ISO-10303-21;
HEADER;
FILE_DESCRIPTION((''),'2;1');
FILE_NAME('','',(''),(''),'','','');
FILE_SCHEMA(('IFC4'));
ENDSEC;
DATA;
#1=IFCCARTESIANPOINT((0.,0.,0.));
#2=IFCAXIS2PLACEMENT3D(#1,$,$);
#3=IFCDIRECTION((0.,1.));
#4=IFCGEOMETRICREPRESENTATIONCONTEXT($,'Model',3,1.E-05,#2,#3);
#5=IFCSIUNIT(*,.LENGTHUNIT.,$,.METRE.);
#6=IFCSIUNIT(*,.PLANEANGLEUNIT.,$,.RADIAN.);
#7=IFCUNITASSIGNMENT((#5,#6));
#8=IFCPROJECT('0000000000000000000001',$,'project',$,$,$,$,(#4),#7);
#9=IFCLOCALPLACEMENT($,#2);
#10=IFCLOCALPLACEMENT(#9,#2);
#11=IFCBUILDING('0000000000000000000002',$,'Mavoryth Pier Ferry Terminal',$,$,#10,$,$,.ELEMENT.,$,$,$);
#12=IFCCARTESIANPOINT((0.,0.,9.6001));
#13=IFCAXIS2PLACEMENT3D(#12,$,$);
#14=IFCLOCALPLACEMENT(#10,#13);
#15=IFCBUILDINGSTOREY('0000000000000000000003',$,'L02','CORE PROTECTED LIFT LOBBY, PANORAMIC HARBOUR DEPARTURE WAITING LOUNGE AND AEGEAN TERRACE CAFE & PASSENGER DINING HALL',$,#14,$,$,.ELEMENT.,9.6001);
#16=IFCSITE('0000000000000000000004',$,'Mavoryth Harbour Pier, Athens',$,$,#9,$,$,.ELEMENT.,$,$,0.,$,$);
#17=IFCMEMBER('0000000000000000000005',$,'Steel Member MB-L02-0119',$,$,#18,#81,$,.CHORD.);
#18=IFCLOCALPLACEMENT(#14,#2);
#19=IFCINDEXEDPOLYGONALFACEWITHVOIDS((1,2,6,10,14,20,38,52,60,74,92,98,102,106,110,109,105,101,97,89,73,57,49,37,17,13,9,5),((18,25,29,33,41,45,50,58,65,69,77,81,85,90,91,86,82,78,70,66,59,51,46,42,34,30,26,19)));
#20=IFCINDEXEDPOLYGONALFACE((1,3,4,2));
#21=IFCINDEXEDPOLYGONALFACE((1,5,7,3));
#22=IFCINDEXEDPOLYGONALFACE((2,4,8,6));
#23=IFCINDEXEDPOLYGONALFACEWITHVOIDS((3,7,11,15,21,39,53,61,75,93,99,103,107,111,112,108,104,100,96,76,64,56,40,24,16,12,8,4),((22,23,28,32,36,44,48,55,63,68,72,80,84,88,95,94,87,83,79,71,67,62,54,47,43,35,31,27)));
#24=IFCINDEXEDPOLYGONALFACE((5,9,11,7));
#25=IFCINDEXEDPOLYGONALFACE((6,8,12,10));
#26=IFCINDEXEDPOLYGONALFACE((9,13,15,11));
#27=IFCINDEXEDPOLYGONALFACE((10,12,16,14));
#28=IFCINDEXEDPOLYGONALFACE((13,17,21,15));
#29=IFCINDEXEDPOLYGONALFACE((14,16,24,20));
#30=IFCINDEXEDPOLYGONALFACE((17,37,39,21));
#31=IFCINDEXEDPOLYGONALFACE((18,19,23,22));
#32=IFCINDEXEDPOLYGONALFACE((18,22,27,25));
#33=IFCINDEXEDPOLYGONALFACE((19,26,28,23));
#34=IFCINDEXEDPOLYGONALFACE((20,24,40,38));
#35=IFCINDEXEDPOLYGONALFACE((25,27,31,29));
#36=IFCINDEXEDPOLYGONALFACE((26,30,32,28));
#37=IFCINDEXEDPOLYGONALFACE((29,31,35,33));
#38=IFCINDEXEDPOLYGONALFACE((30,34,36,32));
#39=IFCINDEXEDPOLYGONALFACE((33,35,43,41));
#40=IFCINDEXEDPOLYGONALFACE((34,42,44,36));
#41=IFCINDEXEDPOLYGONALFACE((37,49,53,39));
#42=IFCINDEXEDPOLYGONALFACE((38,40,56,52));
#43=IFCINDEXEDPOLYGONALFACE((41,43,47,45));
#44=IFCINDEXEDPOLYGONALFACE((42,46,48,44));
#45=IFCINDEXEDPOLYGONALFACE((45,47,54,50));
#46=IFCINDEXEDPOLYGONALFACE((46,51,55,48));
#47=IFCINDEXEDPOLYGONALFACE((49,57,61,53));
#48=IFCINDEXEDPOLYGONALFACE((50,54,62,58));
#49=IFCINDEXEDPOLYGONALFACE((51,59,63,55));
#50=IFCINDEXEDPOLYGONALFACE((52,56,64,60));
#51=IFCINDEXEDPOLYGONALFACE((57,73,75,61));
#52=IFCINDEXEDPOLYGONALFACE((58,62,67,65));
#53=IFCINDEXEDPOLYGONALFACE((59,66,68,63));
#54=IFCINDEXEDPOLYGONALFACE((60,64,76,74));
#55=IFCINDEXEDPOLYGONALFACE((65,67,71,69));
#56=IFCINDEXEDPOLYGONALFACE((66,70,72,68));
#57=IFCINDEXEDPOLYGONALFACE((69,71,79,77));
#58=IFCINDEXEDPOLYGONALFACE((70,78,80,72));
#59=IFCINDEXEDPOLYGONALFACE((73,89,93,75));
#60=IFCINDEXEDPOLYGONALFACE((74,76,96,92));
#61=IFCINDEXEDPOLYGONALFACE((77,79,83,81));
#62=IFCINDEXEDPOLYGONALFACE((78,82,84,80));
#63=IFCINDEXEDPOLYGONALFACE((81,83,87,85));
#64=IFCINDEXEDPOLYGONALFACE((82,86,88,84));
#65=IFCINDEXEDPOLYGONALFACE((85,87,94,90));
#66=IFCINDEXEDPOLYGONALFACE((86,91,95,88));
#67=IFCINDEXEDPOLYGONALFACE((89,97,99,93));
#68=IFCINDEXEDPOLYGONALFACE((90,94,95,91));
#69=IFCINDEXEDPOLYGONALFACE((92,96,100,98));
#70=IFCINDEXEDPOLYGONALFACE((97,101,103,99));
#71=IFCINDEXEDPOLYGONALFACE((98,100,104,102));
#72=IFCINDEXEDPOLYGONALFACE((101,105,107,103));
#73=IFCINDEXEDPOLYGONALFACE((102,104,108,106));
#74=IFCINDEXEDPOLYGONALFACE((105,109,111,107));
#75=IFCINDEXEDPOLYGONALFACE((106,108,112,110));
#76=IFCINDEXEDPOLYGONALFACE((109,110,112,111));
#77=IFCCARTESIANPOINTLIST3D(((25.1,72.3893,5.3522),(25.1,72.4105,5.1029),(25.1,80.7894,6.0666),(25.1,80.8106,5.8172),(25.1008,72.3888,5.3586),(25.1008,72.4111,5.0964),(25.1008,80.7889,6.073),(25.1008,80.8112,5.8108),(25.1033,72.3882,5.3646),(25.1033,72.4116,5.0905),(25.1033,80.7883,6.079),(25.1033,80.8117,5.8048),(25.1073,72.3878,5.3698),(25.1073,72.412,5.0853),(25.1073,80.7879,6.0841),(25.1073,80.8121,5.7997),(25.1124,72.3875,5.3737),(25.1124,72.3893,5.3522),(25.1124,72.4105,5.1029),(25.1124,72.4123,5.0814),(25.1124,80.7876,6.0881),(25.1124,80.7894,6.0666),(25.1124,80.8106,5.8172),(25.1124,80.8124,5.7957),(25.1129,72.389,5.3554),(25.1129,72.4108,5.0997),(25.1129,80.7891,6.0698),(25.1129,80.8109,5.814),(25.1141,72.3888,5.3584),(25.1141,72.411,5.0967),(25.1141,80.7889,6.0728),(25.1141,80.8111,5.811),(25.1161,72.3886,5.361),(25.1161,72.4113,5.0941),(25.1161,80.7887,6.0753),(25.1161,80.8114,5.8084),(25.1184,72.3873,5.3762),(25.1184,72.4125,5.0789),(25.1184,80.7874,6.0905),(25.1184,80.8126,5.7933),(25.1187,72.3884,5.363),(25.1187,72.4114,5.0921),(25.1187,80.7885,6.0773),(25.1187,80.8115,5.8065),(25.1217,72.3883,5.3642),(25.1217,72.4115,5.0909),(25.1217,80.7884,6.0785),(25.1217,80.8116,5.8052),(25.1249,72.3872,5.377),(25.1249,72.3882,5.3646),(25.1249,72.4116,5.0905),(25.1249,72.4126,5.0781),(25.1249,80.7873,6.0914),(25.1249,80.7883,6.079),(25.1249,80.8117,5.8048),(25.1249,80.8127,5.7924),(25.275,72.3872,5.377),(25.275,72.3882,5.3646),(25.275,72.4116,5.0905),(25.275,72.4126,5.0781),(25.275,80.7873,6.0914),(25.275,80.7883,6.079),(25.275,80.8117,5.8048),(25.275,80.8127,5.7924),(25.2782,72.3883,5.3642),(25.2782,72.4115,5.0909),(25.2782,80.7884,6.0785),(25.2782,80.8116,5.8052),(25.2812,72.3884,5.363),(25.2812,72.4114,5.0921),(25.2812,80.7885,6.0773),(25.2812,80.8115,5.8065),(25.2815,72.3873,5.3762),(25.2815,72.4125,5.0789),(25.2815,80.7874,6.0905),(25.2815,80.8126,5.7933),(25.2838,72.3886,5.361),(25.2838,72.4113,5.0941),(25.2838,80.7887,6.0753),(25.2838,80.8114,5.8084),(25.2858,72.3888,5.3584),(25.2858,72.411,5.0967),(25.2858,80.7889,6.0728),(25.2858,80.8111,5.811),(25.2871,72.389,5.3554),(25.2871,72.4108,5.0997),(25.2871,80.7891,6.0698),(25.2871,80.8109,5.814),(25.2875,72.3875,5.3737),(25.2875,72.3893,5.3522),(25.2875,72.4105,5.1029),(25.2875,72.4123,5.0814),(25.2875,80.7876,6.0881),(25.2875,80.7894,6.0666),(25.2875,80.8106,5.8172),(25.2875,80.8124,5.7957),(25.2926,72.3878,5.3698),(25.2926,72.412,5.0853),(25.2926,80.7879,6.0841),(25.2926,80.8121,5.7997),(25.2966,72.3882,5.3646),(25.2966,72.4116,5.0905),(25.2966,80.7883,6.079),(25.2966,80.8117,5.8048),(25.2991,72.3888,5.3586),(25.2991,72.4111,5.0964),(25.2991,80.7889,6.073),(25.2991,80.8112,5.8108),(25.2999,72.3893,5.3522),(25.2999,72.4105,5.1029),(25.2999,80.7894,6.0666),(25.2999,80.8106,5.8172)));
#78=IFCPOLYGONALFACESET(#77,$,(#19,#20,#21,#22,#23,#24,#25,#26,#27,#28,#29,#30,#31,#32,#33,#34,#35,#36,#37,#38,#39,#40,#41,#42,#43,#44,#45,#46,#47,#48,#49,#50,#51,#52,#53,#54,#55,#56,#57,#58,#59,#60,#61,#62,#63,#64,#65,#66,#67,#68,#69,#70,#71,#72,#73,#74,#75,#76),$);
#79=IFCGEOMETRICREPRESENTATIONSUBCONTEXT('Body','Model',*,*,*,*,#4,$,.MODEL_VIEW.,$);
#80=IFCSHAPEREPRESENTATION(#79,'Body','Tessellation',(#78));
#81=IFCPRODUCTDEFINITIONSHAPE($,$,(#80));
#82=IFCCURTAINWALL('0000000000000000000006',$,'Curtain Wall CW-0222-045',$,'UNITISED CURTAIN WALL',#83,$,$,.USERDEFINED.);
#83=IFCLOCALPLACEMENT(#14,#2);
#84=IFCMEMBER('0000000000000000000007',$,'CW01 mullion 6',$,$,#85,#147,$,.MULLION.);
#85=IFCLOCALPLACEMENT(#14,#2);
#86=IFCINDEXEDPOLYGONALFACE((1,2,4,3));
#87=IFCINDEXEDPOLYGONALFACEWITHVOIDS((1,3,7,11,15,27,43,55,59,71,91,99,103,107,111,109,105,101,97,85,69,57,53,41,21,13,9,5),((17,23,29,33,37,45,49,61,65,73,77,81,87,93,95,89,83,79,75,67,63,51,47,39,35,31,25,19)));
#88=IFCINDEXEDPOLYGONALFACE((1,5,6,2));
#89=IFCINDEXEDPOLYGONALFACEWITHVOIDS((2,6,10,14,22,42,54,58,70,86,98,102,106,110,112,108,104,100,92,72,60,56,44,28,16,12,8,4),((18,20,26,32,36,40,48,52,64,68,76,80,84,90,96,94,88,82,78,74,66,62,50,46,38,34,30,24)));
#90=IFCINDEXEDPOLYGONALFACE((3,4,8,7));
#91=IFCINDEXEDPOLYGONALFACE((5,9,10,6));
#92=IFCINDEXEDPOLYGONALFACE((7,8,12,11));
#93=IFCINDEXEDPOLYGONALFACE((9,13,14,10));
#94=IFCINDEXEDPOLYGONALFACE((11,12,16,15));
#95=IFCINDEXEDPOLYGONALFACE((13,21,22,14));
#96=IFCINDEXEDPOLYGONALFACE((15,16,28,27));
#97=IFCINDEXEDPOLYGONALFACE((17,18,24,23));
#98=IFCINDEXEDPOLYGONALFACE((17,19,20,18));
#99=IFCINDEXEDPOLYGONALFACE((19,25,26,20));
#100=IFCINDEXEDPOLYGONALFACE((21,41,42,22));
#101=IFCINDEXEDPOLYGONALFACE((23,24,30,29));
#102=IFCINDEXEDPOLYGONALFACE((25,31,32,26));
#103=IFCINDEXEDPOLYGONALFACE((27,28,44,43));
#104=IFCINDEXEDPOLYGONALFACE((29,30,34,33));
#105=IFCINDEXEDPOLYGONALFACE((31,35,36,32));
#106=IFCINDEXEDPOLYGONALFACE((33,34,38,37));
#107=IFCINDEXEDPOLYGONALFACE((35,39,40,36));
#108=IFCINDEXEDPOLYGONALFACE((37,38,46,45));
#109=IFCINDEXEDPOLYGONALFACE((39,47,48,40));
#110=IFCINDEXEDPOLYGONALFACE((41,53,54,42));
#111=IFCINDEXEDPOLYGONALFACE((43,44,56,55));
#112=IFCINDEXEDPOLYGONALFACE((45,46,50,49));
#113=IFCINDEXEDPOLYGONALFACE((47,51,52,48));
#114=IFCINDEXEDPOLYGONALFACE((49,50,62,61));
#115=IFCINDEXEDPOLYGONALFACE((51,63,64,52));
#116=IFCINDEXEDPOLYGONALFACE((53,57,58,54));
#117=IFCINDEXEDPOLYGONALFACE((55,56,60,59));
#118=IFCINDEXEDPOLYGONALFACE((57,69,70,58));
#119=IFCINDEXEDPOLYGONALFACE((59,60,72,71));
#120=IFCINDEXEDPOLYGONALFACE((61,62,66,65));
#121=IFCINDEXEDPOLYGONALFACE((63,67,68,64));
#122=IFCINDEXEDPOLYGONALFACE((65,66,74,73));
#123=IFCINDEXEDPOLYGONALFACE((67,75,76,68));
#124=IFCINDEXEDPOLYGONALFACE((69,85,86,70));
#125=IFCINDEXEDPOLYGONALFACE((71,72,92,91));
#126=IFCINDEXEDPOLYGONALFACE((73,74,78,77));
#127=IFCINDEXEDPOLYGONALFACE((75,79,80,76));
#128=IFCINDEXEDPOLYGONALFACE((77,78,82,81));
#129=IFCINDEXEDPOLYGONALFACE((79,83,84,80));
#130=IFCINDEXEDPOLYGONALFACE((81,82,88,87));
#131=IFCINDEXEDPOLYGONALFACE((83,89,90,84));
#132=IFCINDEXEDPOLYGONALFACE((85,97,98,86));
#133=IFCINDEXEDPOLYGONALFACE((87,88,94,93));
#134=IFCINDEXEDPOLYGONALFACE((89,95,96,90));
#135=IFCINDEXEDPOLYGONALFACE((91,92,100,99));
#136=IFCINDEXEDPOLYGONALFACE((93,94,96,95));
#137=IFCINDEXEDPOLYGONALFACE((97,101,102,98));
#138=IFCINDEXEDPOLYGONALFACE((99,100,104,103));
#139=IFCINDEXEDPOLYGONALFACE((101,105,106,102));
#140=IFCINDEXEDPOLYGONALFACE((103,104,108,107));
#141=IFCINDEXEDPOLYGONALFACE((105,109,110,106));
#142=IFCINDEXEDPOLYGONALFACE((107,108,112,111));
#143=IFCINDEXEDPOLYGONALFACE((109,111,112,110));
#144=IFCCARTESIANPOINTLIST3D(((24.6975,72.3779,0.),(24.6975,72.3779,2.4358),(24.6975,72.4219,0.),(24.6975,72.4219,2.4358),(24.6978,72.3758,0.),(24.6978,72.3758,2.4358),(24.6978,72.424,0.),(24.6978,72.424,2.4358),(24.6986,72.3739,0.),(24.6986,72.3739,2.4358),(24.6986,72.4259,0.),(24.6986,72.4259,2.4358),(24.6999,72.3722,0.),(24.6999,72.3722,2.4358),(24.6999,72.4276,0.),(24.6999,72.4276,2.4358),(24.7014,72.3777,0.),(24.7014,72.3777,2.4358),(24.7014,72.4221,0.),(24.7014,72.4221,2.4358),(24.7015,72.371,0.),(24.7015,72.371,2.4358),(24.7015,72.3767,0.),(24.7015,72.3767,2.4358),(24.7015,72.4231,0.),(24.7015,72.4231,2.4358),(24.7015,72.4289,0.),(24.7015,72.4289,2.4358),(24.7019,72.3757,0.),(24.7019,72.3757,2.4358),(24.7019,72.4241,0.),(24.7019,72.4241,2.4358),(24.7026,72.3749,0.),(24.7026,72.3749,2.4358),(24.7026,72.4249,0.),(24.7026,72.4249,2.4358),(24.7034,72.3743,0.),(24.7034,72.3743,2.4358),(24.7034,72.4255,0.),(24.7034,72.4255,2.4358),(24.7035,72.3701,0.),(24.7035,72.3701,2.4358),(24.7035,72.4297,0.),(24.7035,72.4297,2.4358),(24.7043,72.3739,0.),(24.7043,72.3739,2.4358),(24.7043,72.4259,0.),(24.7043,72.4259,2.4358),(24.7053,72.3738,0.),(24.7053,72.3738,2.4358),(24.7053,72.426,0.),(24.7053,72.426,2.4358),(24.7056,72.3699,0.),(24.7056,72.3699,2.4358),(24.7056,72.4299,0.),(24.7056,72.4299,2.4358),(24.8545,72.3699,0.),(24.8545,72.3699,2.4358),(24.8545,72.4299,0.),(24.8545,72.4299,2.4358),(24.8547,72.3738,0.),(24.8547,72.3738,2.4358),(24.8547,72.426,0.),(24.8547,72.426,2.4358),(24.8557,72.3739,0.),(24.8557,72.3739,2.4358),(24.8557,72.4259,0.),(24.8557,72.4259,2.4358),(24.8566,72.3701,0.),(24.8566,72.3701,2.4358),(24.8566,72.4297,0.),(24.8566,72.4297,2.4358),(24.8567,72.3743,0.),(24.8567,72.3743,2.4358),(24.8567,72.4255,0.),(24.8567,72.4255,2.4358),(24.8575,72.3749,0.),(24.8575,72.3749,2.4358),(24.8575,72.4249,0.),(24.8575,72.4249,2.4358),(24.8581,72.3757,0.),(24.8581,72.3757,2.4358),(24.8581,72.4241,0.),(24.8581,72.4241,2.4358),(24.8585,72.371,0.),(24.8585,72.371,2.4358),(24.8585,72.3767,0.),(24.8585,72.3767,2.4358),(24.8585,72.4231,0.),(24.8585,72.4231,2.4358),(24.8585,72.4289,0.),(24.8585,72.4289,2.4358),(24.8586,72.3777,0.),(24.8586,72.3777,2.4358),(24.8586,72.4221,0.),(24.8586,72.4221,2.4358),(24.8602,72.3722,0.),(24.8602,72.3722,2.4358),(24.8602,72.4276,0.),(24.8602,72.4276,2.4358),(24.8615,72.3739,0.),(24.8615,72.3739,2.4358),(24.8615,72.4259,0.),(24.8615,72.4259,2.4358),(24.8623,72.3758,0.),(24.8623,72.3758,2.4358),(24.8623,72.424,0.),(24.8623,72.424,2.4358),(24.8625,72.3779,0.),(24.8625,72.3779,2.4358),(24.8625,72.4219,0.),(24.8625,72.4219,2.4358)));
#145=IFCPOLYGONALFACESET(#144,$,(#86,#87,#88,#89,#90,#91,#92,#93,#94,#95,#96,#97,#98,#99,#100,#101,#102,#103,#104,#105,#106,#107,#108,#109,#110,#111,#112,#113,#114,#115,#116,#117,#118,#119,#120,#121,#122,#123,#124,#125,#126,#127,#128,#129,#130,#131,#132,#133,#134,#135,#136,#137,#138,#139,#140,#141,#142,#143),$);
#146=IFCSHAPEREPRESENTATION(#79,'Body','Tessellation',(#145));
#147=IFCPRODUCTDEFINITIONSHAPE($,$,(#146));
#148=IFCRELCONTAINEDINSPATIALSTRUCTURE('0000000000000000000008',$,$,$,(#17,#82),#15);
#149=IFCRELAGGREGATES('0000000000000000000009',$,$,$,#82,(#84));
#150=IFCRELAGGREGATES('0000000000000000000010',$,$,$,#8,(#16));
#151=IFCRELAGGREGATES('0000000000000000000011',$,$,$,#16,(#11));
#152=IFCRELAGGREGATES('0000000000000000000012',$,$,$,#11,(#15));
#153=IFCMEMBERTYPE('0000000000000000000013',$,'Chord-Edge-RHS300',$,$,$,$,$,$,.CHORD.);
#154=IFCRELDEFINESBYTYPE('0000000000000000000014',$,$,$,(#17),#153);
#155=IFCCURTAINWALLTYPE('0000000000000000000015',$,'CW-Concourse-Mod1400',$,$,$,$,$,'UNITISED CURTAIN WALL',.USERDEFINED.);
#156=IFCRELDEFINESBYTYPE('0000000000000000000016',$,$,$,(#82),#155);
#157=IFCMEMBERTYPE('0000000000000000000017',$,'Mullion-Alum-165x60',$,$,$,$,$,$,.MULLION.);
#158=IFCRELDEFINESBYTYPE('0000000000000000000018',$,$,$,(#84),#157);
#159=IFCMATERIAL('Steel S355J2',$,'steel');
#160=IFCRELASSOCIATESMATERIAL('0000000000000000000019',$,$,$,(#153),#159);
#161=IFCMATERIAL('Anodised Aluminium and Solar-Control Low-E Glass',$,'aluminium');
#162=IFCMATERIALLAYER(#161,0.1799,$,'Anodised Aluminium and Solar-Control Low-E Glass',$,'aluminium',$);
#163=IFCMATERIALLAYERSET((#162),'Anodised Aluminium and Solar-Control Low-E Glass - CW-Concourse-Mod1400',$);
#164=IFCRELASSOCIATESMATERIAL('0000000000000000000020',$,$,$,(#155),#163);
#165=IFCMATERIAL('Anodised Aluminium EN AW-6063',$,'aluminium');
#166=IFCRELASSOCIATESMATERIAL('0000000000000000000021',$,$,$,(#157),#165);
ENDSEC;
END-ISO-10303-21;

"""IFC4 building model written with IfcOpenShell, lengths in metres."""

from ifc_helpers import new_model, si_unit, direction, frame, origin, origin_2d, place, context, subcontext, project, spatial, hollow_rectangle, extrude, material, layer, layer_set, material_profile, profile_set, type_object, element, aggregate, save


model = new_model("IFC4")

# Units and contexts
model_context = context("Model", 3, precision=1e-05, world=origin(), true_north=direction((0.0, 1.0)))
body_context = subcontext(model_context, "Body", "Model", "MODEL_VIEW")
ifc_project = project(units=[si_unit("LENGTHUNIT", "METRE"), si_unit("PLANEANGLEUNIT", "RADIAN")], contexts=[model_context])

# Site, building, storey
site_placement = place(None, origin())
site = spatial("IfcSite", under=ifc_project, at=site_placement, Name="Mavoryth Harbour Pier, Athens", CompositionType="ELEMENT", RefElevation=0.0)
building_placement = place(site_placement, origin())
building = spatial("IfcBuilding", under=site, at=building_placement, Name="Mavoryth Pier Ferry Terminal", CompositionType="ELEMENT")
storey_placement = place(building_placement, frame((0.0, 0.0, 9.6001)))
storey = spatial("IfcBuildingStorey", under=building, at=storey_placement, Name="L02", Description="CORE PROTECTED LIFT LOBBY, PANORAMIC HARBOUR DEPARTURE WAITING LOUNGE AND AEGEAN TERRACE CAFE & PASSENGER DINING HALL", CompositionType="ELEMENT", Elevation=9.6001)

# Shared definitions
ifc_material_1 = material(Name="Steel S355J2", Category="steel")

# Member
ifc_material_profile_1 = material_profile(ifc_material_1, hollow_rectangle(XDim=0.2, YDim=0.3, WallThickness=0.0125, InnerFilletRadius=0.0125, OuterFilletRadius=0.0249, at=origin_2d()), Name="RHS 300x200x12.5", Category="steel")
ifc_profile_set_1 = profile_set([ifc_material_profile_1], Name="Steel S355J2 - RHS 300x200x12.5")
member_type_1 = type_object("IfcMemberType", Name="Chord-Edge-RHS300", PredefinedType="CHORD", material=ifc_profile_set_1)
member_1_placement = place(storey_placement, frame((25.2, 72.3999, 5.2275), z_axis=(0.0, 0.996404, 0.084735), x_axis=(-1.0, 0.0, 0.0)))
element("IfcMember", 1, at=member_1_placement, inside=storey, type_object=member_type_1, Name="Steel Member MB-L02-0119", PredefinedType="CHORD", context=body_context, shape_type="SweptSolid", body=[
    extrude(hollow_rectangle(XDim=0.2, YDim=0.3, WallThickness=0.0125, InnerFilletRadius=0.0125, OuterFilletRadius=0.0249, at=origin_2d()), origin(), (0.0, 0.0, 1.0), 8.4304),
])

# Curtain wall, member
ifc_material_2 = material(Name="Anodised Aluminium and Solar-Control Low-E Glass", Category="aluminium")
ifc_layer_1 = layer(ifc_material_2, 0.1799, Name="Anodised Aluminium and Solar-Control Low-E Glass", Category="aluminium")
ifc_layer_set_1 = layer_set([ifc_layer_1], Name="Anodised Aluminium and Solar-Control Low-E Glass - CW-Concourse-Mod1400")
curtain_wall_type = type_object("IfcCurtainWallType", Name="CW-Concourse-Mod1400", ElementType="UNITISED CURTAIN WALL", PredefinedType="USERDEFINED", material=ifc_layer_set_1)
curtain_wall_1_placement = place(storey_placement, origin())
curtain_wall_1 = element("IfcCurtainWall", 2, at=curtain_wall_1_placement, inside=storey, type_object=curtain_wall_type, Name="Curtain Wall CW-0222-045", ObjectType="UNITISED CURTAIN WALL", PredefinedType="USERDEFINED")
ifc_material_3 = material(Name="Anodised Aluminium EN AW-6063", Category="aluminium")
ifc_material_profile_2 = material_profile(ifc_material_3, hollow_rectangle(XDim=0.0601, YDim=0.165, WallThickness=0.0039, InnerFilletRadius=0.0039, OuterFilletRadius=0.0081, at=origin_2d()), Name="AL-MULL 165x60x4", Category="aluminium")
ifc_profile_set_2 = profile_set([ifc_material_profile_2], Name="Anodised Aluminium EN AW-6063 - AL-MULL 165x60x4")
member_type_2 = type_object("IfcMemberType", Name="Mullion-Alum-165x60", PredefinedType="MULLION", material=ifc_profile_set_2)
member_2_placement = place(storey_placement, frame((24.78, 72.3999, 0.0), z_axis=(0.0, 0.0, 1.0), x_axis=(0.0, 1.0, 0.0)))
member_2 = element("IfcMember", 3, at=member_2_placement, type_object=member_type_2, Name="CW01 mullion 6", PredefinedType="MULLION", context=body_context, shape_type="SweptSolid", body=[
    extrude(hollow_rectangle(XDim=0.0601, YDim=0.165, WallThickness=0.0039, InnerFilletRadius=0.0039, OuterFilletRadius=0.0081, at=origin_2d()), origin(), (0.0, 0.0, 1.0), 2.4358),
])
aggregate(curtain_wall_1, [member_2])

save(model, "model.ifc")
